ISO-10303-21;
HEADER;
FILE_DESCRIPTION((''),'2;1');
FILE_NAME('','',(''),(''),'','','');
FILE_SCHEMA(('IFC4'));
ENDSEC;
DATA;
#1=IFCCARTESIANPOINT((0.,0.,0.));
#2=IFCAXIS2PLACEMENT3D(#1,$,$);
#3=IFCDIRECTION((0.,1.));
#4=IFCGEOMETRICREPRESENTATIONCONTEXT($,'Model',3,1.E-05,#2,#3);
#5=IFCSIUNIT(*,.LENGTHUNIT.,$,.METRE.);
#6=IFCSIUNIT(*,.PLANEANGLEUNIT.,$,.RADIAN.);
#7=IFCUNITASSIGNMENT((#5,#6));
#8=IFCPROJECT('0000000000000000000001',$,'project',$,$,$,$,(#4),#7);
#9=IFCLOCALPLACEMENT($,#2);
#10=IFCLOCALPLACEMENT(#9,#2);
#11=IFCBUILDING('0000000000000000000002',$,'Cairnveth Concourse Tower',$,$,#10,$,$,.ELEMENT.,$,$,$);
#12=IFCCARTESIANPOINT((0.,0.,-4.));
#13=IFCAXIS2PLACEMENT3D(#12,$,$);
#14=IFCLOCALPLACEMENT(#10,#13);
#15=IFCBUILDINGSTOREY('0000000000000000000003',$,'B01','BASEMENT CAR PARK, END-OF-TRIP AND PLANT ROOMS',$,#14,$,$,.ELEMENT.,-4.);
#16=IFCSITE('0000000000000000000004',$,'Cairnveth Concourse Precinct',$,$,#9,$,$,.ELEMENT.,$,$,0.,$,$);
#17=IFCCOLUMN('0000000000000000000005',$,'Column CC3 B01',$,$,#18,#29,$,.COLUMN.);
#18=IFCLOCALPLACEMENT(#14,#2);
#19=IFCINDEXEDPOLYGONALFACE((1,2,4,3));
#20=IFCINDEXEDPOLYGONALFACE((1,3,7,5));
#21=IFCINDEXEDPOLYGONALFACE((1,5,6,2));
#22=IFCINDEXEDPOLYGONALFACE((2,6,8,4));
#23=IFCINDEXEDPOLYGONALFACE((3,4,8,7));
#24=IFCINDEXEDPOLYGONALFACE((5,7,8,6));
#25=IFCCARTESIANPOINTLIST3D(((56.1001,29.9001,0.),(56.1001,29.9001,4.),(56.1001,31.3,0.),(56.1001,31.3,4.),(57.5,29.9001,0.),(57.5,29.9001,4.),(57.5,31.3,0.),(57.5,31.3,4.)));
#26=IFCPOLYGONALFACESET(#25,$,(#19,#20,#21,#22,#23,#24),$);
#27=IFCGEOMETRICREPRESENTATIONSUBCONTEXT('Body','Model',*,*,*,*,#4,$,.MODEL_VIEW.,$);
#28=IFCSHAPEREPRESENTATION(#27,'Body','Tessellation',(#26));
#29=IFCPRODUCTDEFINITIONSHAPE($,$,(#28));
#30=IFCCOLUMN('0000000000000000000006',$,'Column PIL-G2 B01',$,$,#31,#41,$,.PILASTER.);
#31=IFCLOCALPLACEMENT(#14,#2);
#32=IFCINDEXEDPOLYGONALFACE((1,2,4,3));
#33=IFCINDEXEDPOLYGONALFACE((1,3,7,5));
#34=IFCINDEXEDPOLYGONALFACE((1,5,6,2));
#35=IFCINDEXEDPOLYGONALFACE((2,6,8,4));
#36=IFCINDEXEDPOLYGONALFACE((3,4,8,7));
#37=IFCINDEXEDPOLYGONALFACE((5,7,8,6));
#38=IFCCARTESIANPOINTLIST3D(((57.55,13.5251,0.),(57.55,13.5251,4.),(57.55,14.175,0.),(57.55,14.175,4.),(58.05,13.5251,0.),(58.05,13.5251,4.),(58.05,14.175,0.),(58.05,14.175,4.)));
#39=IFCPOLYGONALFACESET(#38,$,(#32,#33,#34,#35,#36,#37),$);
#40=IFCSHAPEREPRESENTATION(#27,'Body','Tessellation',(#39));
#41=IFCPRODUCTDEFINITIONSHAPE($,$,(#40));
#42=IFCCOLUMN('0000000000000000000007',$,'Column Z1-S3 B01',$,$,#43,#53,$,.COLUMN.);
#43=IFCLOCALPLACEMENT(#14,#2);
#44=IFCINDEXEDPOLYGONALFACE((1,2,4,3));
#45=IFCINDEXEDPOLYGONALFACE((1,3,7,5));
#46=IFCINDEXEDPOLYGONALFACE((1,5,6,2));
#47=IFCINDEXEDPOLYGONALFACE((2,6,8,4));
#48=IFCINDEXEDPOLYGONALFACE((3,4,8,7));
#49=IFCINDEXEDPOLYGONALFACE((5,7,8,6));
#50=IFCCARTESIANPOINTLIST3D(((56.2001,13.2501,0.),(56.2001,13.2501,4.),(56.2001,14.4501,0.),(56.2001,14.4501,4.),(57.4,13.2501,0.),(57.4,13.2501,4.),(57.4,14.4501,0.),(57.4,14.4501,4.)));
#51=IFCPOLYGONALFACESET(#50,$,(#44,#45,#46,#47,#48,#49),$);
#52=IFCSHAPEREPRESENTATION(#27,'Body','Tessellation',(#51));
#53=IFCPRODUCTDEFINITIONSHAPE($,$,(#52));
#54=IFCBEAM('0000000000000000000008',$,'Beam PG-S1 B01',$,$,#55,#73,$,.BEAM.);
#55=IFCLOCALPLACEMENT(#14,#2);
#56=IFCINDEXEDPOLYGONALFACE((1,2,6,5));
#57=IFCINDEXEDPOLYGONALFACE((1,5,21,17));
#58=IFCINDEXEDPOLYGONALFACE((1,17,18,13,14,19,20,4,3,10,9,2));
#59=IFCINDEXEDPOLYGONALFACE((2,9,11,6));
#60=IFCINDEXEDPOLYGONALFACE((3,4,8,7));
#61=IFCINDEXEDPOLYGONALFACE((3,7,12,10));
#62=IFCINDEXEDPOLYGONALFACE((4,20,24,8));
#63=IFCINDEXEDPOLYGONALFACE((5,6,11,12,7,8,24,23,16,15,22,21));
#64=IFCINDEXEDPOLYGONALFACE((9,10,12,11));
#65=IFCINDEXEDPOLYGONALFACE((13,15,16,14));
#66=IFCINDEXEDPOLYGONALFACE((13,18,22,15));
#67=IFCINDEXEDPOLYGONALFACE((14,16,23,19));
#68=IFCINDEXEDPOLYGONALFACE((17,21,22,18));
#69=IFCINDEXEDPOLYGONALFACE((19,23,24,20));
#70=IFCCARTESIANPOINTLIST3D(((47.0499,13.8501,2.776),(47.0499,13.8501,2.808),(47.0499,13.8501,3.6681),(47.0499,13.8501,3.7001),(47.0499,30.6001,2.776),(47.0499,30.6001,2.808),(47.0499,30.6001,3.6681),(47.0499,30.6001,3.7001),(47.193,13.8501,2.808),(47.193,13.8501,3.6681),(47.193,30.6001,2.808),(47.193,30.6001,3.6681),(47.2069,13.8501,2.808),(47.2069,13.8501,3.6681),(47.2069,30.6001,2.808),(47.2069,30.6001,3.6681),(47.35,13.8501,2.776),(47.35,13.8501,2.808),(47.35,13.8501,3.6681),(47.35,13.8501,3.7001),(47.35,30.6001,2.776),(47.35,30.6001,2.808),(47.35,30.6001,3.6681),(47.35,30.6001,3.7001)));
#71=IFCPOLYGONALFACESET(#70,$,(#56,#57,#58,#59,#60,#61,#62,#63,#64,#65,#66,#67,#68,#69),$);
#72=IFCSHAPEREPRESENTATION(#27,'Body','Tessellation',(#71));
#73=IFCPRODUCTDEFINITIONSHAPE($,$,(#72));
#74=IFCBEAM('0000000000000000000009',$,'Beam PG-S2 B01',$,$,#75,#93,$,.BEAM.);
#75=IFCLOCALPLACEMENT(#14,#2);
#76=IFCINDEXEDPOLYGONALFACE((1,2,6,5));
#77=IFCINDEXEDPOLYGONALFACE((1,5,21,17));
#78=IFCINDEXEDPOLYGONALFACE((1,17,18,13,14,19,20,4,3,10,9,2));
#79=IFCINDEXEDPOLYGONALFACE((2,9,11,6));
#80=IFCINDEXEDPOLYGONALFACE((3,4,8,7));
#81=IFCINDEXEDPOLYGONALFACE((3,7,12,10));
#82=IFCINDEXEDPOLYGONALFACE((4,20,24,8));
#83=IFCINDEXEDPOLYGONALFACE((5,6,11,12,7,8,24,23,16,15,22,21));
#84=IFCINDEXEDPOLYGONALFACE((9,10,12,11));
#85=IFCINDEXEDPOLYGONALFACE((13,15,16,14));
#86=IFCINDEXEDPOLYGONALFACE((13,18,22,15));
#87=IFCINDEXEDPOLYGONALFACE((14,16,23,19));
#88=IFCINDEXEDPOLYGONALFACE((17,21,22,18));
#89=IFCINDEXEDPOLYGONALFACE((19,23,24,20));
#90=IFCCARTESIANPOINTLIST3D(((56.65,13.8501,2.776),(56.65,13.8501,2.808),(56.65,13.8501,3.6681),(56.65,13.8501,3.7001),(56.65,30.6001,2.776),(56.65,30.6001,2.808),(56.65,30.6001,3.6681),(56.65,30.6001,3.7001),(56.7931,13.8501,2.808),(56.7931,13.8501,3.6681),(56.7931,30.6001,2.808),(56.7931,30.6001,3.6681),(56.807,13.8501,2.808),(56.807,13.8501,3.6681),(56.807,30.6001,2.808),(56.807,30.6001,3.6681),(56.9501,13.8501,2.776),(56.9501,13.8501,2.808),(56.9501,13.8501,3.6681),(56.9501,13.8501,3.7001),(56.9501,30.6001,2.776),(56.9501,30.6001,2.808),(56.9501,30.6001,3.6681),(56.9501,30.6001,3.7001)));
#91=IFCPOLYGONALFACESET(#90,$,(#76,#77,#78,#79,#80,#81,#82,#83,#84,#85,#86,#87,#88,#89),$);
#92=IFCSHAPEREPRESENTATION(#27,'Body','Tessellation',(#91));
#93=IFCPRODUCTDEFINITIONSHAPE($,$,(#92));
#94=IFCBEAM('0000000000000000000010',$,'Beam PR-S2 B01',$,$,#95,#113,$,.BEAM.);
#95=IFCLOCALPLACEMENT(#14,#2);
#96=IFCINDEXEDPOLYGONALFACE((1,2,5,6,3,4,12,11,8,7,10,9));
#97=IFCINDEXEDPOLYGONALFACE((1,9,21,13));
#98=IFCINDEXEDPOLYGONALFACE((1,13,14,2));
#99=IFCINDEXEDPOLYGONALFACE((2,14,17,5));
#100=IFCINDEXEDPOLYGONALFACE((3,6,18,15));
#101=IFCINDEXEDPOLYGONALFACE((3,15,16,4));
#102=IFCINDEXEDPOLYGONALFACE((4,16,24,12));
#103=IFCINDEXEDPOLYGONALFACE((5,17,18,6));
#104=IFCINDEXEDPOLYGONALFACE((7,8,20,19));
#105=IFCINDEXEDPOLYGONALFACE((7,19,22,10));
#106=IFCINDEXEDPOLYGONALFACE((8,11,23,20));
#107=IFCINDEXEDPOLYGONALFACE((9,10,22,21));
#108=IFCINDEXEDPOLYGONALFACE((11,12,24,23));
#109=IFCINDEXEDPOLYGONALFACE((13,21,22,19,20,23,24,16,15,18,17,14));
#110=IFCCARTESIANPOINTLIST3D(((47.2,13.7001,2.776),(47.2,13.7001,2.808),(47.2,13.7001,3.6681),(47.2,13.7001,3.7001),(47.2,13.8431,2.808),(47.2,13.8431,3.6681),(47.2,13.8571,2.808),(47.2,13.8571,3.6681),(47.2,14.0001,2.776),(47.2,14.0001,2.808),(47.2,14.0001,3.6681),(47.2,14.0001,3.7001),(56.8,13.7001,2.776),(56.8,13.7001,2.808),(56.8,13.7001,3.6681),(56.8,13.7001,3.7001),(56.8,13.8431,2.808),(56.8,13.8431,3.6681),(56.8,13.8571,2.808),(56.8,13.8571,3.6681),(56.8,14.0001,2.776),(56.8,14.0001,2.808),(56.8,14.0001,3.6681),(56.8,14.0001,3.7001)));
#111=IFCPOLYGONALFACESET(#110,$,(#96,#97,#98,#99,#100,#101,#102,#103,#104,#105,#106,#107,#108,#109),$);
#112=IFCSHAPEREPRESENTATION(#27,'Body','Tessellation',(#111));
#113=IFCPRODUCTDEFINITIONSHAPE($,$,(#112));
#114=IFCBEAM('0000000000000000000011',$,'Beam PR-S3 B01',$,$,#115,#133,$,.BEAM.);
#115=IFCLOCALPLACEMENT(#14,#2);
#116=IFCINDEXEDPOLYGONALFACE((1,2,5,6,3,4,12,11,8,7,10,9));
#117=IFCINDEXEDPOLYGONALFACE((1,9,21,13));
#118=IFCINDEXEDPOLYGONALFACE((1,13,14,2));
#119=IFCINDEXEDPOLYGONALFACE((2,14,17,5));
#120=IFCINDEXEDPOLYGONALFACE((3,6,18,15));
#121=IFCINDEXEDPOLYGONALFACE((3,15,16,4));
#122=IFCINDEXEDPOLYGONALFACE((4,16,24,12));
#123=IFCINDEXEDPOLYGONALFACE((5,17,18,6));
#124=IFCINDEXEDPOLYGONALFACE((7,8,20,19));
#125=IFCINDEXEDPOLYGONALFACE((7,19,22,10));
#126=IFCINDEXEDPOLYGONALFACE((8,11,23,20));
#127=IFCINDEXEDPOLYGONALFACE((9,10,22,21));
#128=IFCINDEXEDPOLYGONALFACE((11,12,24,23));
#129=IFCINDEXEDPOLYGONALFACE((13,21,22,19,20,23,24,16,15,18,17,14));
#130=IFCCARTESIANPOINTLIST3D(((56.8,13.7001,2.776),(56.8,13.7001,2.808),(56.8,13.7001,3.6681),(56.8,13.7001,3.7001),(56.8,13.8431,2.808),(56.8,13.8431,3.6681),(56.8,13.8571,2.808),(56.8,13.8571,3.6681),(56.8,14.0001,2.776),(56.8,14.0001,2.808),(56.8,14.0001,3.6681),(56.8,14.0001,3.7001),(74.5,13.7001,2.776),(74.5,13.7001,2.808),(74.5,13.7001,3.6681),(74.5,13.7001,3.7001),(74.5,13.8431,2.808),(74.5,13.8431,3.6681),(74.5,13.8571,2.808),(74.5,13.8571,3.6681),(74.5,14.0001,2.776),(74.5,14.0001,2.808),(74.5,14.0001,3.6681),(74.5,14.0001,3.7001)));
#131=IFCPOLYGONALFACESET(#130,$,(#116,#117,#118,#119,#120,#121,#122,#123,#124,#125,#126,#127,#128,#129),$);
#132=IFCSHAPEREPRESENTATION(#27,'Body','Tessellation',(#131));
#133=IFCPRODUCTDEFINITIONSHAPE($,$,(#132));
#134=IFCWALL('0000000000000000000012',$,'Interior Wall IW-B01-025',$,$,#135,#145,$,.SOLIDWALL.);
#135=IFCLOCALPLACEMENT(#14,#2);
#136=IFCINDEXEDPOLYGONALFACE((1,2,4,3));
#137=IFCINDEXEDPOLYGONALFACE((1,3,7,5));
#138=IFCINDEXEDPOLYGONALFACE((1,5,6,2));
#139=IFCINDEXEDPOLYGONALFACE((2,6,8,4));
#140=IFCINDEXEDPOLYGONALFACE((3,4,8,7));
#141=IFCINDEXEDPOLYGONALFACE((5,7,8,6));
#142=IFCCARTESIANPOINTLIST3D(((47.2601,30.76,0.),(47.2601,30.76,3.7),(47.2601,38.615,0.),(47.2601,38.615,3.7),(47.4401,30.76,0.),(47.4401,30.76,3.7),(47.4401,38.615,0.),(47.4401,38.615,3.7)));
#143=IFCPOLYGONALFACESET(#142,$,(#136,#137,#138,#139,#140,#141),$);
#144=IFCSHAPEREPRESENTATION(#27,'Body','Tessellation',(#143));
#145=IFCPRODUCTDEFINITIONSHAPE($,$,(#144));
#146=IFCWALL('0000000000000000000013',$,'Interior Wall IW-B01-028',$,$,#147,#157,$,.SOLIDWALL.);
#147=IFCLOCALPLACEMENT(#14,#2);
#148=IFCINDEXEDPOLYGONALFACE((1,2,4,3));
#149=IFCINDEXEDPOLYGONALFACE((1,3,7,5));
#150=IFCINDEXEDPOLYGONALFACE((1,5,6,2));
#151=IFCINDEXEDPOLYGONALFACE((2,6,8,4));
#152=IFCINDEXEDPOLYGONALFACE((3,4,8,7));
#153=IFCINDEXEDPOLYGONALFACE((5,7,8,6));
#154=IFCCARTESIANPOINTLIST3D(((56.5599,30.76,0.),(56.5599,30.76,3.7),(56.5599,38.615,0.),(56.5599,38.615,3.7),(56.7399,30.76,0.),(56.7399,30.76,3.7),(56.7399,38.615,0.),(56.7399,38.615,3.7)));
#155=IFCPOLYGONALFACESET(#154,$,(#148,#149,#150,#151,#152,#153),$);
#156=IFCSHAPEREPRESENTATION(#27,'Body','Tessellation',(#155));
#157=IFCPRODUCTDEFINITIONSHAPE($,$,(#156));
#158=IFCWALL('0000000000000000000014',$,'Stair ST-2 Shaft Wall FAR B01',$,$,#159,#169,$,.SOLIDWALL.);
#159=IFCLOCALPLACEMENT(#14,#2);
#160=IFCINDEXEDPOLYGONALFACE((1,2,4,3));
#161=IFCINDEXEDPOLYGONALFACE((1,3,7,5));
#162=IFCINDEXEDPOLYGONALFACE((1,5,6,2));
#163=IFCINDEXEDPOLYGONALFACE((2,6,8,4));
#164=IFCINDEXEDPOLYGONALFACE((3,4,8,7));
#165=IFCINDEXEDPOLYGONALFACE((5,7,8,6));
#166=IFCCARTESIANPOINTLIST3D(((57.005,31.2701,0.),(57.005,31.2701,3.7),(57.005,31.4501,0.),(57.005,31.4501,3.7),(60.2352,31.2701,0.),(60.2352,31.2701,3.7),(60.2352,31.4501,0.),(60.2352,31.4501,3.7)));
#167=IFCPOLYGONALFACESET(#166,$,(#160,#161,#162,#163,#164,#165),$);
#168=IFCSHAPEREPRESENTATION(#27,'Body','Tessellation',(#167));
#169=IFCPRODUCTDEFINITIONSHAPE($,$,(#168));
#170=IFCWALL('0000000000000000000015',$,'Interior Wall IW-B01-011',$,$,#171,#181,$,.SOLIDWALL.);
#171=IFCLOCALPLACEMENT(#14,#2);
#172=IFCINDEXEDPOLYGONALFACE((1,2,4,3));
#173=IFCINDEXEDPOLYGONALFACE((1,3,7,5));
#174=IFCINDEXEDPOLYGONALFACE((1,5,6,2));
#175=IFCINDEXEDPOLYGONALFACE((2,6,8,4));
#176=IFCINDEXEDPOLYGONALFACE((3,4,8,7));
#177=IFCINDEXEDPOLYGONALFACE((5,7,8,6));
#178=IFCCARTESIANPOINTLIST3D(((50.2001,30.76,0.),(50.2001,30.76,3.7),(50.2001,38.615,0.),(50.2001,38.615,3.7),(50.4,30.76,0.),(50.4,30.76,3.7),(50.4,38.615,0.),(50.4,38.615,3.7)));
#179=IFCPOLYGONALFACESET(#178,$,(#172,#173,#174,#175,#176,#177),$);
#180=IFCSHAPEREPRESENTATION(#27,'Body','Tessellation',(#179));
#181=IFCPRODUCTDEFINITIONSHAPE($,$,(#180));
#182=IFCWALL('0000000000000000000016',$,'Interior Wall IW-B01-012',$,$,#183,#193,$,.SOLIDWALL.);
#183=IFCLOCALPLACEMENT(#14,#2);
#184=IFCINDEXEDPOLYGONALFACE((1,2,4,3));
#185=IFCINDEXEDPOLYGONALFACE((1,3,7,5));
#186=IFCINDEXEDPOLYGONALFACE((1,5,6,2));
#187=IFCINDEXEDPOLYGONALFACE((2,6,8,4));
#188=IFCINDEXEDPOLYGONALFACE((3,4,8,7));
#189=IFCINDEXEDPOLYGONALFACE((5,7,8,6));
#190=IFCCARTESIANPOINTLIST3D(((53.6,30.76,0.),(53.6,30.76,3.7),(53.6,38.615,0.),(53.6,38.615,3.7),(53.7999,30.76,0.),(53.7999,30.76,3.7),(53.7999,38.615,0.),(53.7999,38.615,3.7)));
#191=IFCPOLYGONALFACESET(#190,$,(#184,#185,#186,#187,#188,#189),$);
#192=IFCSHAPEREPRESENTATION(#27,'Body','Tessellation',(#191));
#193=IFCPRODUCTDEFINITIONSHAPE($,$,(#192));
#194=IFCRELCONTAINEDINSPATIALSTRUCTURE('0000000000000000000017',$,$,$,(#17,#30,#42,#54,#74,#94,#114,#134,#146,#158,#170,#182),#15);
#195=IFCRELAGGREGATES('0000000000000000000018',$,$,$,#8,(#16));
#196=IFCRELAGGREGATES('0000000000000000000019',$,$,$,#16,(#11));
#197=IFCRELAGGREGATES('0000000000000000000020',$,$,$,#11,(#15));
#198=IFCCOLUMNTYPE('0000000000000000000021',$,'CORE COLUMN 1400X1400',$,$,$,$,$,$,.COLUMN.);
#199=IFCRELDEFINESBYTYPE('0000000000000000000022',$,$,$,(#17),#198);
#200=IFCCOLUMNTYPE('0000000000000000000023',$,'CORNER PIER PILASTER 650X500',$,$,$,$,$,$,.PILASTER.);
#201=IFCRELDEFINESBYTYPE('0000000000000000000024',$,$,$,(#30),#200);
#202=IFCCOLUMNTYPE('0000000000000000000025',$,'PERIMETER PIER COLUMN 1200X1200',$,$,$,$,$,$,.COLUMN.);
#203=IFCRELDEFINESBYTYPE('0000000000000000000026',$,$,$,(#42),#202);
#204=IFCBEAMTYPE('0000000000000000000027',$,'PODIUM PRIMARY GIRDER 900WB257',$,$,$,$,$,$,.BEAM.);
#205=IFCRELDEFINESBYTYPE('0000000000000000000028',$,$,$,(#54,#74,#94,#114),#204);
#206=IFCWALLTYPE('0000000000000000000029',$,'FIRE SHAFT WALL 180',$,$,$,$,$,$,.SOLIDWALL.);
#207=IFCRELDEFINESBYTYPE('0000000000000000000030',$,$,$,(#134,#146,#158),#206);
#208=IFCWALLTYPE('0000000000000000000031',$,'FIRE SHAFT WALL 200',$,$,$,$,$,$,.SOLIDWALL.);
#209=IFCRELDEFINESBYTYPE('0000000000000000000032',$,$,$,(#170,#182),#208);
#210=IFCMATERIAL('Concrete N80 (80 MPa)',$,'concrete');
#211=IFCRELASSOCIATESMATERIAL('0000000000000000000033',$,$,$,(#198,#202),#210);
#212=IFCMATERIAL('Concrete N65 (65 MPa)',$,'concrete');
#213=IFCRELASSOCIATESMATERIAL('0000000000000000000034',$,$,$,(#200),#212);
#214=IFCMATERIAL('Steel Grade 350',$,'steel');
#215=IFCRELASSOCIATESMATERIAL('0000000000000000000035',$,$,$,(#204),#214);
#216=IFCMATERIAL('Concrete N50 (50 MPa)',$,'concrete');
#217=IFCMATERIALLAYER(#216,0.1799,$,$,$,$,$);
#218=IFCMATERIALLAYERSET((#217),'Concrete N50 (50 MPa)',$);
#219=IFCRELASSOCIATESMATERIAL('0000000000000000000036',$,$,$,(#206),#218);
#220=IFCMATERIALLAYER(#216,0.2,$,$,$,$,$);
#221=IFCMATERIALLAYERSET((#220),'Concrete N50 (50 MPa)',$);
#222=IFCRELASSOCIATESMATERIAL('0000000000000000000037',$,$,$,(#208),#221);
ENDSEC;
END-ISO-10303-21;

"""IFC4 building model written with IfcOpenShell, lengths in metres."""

from ifc_helpers import new_model, si_unit, direction, frame, frame_2d, origin, origin_2d, place, context, subcontext, project, spatial, rectangle, i_section, extrude, material, layer, layer_set, material_profile, profile_set, type_object, element, save


model = new_model("IFC4")

# Units and contexts
model_context = context("Model", 3, precision=1e-05, world=origin(), true_north=direction((0.0, 1.0)))
body_context = subcontext(model_context, "Body", "Model", "MODEL_VIEW")
ifc_project = project(units=[si_unit("LENGTHUNIT", "METRE"), si_unit("PLANEANGLEUNIT", "RADIAN")], contexts=[model_context])

# Site, building, storey
site_placement = place(None, origin())
site = spatial("IfcSite", under=ifc_project, at=site_placement, Name="Cairnveth Concourse Precinct", CompositionType="ELEMENT", RefElevation=0.0)
building_placement = place(site_placement, origin())
building = spatial("IfcBuilding", under=site, at=building_placement, Name="Cairnveth Concourse Tower", CompositionType="ELEMENT")
storey_placement = place(building_placement, frame((0.0, 0.0, -4.0)))
storey = spatial("IfcBuildingStorey", under=building, at=storey_placement, Name="B01", Description="BASEMENT CAR PARK, END-OF-TRIP AND PLANT ROOMS", CompositionType="ELEMENT", Elevation=-4.0)

# Columns
ifc_material_1 = material(Name="Concrete N80 (80 MPa)", Category="concrete")
ifc_material_profile_1 = material_profile(ifc_material_1, rectangle(XDim=1.3999, YDim=1.3999, at=origin_2d()), Name="RC-COL-1400x1400")
ifc_profile_set_1 = profile_set([ifc_material_profile_1], Name="Concrete N80 (80 MPa)")
column_type_1 = type_object("IfcColumnType", Name="CORE COLUMN 1400X1400", PredefinedType="COLUMN", material=ifc_profile_set_1)
column_1_placement = place(storey_placement, frame((56.8, 30.6001, 0.0), z_axis=(0.0, 0.0, 1.0), x_axis=(1.0, 0.0, 0.0)))
element("IfcColumn", 1, at=column_1_placement, inside=storey, type_object=column_type_1, Name="Column CC3 B01", PredefinedType="COLUMN", context=body_context, shape_type="SweptSolid", body=[
    extrude(rectangle(XDim=1.3999, YDim=1.3999, at=origin_2d()), origin(), (0.0, 0.0, 1.0), 4.0),
])
ifc_material_2 = material(Name="Concrete N65 (65 MPa)", Category="concrete")
ifc_material_profile_2 = material_profile(ifc_material_2, rectangle(XDim=0.5, YDim=0.6499, at=origin_2d()), Name="RC-PIL-650x500")
ifc_profile_set_2 = profile_set([ifc_material_profile_2], Name="Concrete N65 (65 MPa)")
column_type_2 = type_object("IfcColumnType", Name="CORNER PIER PILASTER 650X500", PredefinedType="PILASTER", material=ifc_profile_set_2)
column_2_placement = place(storey_placement, frame((57.8, 13.8501, 0.0), z_axis=(0.0, 0.0, 1.0), x_axis=(1.0, 0.0, 0.0)))
element("IfcColumn", 2, at=column_2_placement, inside=storey, type_object=column_type_2, Name="Column PIL-G2 B01", PredefinedType="PILASTER", context=body_context, shape_type="SweptSolid", body=[
    extrude(rectangle(XDim=0.5, YDim=0.6499, at=origin_2d()), origin(), (0.0, 0.0, 1.0), 4.0),
])
ifc_material_profile_3 = material_profile(ifc_material_1, rectangle(XDim=1.2, YDim=1.2, at=origin_2d()), Name="RC-COL-1200x1200")
ifc_profile_set_3 = profile_set([ifc_material_profile_3], Name="Concrete N80 (80 MPa)")
column_type_3 = type_object("IfcColumnType", Name="PERIMETER PIER COLUMN 1200X1200", PredefinedType="COLUMN", material=ifc_profile_set_3)
column_3_placement = place(storey_placement, frame((56.8, 13.8501, 0.0), z_axis=(0.0, 0.0, 1.0), x_axis=(1.0, 0.0, 0.0)))
element("IfcColumn", 3, at=column_3_placement, inside=storey, type_object=column_type_3, Name="Column Z1-S3 B01", PredefinedType="COLUMN", context=body_context, shape_type="SweptSolid", body=[
    extrude(rectangle(XDim=1.2, YDim=1.2, at=origin_2d()), origin(), (0.0, 0.0, 1.0), 4.0),
])

# Beams
ifc_material_3 = material(Name="Steel Grade 350", Category="steel")
ifc_material_profile_4 = material_profile(ifc_material_3, i_section(OverallWidth=0.3, OverallDepth=0.9241, WebThickness=0.0139, FlangeThickness=0.032, at=origin_2d()), Name="900WB257")
ifc_profile_set_4 = profile_set([ifc_material_profile_4], Name="Steel Grade 350")
beam_type = type_object("IfcBeamType", Name="PODIUM PRIMARY GIRDER 900WB257", PredefinedType="BEAM", material=ifc_profile_set_4)
for number, where, z_axis, x_axis, name in (
    (4, (47.2, 13.8501, 3.238), (0.0, 1.0, 0.0), (-1.0, 0.0, 0.0), "Beam PG-S1 B01"),
    (5, (56.8, 13.8501, 3.238), (0.0, 1.0, 0.0), (-1.0, 0.0, 0.0), "Beam PG-S2 B01"),
):
    element("IfcBeam", number, at=place(storey_placement, frame(where, z_axis=z_axis, x_axis=x_axis)), inside=storey, type_object=beam_type, Name=name, PredefinedType="BEAM", context=body_context, shape_type="SweptSolid", body=[
        extrude(i_section(OverallWidth=0.3, OverallDepth=0.9241, WebThickness=0.0139, FlangeThickness=0.032, at=origin_2d()), origin(), (0.0, 0.0, 1.0), 16.75),
    ])
beam_1_placement = place(storey_placement, frame((47.2, 13.8501, 3.238), z_axis=(1.0, 0.0, 0.0), x_axis=(0.0, 1.0, 0.0)))
element("IfcBeam", 6, at=beam_1_placement, inside=storey, type_object=beam_type, Name="Beam PR-S2 B01", PredefinedType="BEAM", context=body_context, shape_type="SweptSolid", body=[
    extrude(i_section(OverallWidth=0.3, OverallDepth=0.9241, WebThickness=0.0139, FlangeThickness=0.032, at=origin_2d()), origin(), (0.0, 0.0, 1.0), 9.6001),
])
beam_2_placement = place(storey_placement, frame((56.8, 13.8501, 3.238), z_axis=(1.0, 0.0, 0.0), x_axis=(0.0, 1.0, 0.0)))
element("IfcBeam", 7, at=beam_2_placement, inside=storey, type_object=beam_type, Name="Beam PR-S3 B01", PredefinedType="BEAM", context=body_context, shape_type="SweptSolid", body=[
    extrude(i_section(OverallWidth=0.3, OverallDepth=0.9241, WebThickness=0.0139, FlangeThickness=0.032, at=origin_2d()), origin(), (0.0, 0.0, 1.0), 17.7),
])

# Walls
ifc_material_4 = material(Name="Concrete N50 (50 MPa)", Category="concrete")
ifc_layer_1 = layer(ifc_material_4, 0.1799)
ifc_layer_set_1 = layer_set([ifc_layer_1], Name="Concrete N50 (50 MPa)")
wall_type_1 = type_object("IfcWallType", Name="FIRE SHAFT WALL 180", PredefinedType="SOLIDWALL", material=ifc_layer_set_1)
for number, where, z_axis, x_axis, name in (
    (8, (47.3501, 30.76, 0.0), (0.0, 0.0, 1.0), (0.0, 1.0, 0.0), "Interior Wall IW-B01-025"),
    (9, (56.6499, 30.76, 0.0), (0.0, 0.0, 1.0), (0.0, 1.0, 0.0), "Interior Wall IW-B01-028"),
):
    element("IfcWall", number, at=place(storey_placement, frame(where, z_axis=z_axis, x_axis=x_axis)), inside=storey, type_object=wall_type_1, Name=name, PredefinedType="SOLIDWALL", context=body_context, shape_type="SweptSolid", body=[
        extrude(rectangle(XDim=7.855, YDim=0.1799, at=frame_2d((3.9275, 0.0))), origin(), (0.0, 0.0, 1.0), 3.7),
    ])
wall_placement = place(storey_placement, frame((57.0049, 31.3601, 0.0), z_axis=(0.0, 0.0, 1.0), x_axis=(1.0, 0.0, 0.0)))
element("IfcWall", 10, at=wall_placement, inside=storey, type_object=wall_type_1, Name="Stair ST-2 Shaft Wall FAR B01", PredefinedType="SOLIDWALL", context=body_context, shape_type="SweptSolid", body=[
    extrude(rectangle(XDim=3.2302, YDim=0.1799, at=frame_2d((1.6152, 0.0))), origin(), (0.0, 0.0, 1.0), 3.7),
])
ifc_layer_2 = layer(ifc_material_4, 0.2)
ifc_layer_set_2 = layer_set([ifc_layer_2], Name="Concrete N50 (50 MPa)")
wall_type_2 = type_object("IfcWallType", Name="FIRE SHAFT WALL 200", PredefinedType="SOLIDWALL", material=ifc_layer_set_2)
for number, where, z_axis, x_axis, name in (
    (11, (50.3, 30.76, 0.0), (0.0, 0.0, 1.0), (0.0, 1.0, 0.0), "Interior Wall IW-B01-011"),
    (12, (53.7, 30.76, 0.0), (0.0, 0.0, 1.0), (0.0, 1.0, 0.0), "Interior Wall IW-B01-012"),
):
    element("IfcWall", number, at=place(storey_placement, frame(where, z_axis=z_axis, x_axis=x_axis)), inside=storey, type_object=wall_type_2, Name=name, PredefinedType="SOLIDWALL", context=body_context, shape_type="SweptSolid", body=[
        extrude(rectangle(XDim=7.855, YDim=0.2, at=frame_2d((3.9275, 0.0))), origin(), (0.0, 0.0, 1.0), 3.7),
    ])

save(model, "model.ifc")
